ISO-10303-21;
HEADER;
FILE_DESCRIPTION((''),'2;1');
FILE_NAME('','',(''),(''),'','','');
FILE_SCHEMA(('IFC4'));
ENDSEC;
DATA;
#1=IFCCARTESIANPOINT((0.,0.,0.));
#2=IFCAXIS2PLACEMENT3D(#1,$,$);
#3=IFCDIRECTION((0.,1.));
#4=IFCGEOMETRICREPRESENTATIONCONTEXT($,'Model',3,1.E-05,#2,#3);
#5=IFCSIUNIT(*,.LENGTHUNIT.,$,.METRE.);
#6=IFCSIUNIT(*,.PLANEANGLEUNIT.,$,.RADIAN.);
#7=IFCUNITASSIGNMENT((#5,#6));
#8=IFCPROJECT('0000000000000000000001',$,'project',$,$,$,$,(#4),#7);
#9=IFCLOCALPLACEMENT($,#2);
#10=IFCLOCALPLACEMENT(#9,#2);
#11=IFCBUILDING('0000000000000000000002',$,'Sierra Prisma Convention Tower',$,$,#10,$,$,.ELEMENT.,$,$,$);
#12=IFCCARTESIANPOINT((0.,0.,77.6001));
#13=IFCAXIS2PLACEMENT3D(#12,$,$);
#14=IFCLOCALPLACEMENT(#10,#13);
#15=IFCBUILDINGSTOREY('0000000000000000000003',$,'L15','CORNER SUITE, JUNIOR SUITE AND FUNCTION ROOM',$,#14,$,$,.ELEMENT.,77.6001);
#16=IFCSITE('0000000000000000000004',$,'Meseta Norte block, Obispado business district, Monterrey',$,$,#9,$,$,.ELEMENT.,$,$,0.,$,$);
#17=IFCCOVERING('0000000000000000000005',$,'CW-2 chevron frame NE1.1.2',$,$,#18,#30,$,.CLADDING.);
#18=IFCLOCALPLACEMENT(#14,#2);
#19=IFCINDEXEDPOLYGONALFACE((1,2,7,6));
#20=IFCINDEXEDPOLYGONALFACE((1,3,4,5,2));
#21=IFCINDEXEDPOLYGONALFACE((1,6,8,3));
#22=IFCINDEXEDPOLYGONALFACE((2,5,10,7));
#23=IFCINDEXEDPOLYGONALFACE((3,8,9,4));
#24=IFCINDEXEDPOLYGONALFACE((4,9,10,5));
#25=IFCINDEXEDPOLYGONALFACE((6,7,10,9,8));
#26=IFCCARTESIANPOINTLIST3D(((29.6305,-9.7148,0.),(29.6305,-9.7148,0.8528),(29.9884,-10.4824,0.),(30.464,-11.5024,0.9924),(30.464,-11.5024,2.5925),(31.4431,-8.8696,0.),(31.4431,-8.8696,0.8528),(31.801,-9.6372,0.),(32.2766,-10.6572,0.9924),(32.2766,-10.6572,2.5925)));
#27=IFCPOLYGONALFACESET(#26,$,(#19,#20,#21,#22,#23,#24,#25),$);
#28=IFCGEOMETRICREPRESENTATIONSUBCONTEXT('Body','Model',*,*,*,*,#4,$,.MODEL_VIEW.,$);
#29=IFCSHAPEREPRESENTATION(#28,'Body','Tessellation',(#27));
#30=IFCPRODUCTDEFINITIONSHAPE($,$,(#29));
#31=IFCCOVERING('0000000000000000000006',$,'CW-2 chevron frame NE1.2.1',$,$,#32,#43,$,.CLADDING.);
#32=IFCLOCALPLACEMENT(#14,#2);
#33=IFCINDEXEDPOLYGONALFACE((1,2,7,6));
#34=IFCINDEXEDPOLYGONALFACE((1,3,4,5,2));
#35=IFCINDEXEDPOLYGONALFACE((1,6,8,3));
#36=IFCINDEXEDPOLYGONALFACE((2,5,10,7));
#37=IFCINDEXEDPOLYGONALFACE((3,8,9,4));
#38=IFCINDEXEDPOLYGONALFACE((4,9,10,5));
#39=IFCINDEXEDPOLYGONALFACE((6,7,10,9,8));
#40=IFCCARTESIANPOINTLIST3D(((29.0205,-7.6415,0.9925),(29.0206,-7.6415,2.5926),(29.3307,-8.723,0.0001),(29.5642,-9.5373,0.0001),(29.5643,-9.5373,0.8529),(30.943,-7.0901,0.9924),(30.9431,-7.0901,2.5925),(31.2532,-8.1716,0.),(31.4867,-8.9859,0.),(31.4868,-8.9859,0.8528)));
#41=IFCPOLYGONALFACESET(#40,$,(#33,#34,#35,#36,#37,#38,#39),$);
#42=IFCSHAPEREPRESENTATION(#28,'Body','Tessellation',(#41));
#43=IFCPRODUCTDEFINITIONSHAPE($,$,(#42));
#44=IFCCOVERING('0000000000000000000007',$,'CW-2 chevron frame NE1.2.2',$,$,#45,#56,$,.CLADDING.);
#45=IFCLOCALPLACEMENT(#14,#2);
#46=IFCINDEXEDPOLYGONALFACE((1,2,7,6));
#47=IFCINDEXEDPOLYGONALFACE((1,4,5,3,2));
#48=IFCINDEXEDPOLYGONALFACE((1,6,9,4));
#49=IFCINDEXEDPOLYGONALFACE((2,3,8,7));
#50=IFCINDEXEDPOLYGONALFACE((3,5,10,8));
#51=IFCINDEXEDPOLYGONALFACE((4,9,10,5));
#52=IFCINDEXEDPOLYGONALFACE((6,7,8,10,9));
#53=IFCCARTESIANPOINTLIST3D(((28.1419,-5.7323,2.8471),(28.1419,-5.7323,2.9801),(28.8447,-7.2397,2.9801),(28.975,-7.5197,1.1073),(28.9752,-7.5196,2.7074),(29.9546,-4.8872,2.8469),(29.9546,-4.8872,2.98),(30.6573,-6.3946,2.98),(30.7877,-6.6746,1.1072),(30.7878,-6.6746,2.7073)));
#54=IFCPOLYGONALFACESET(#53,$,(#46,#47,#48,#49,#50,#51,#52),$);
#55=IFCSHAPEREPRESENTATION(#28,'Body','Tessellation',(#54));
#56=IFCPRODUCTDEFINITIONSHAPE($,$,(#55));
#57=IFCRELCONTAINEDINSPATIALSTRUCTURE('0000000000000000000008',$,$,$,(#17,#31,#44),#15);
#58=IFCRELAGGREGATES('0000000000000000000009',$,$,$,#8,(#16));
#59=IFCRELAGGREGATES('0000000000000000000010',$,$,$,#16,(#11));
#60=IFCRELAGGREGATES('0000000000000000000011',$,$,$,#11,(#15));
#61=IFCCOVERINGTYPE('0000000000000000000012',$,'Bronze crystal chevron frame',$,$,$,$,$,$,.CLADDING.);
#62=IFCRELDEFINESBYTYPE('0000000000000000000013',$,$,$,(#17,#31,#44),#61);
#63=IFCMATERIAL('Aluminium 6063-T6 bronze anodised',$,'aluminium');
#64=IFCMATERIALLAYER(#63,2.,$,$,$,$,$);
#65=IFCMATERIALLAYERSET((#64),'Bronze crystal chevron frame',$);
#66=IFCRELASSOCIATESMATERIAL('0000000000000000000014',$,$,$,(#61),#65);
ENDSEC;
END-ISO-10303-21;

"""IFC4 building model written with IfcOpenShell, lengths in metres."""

from ifc_helpers import new_model, si_unit, direction, frame, origin, place, context, subcontext, project, spatial, polyline, outline, extrude, material, layer, layer_set, type_object, element, save


model = new_model("IFC4")

# Units and contexts
model_context = context("Model", 3, precision=1e-05, world=origin(), true_north=direction((0.0, 1.0)))
body_context = subcontext(model_context, "Body", "Model", "MODEL_VIEW")
ifc_project = project(units=[si_unit("LENGTHUNIT", "METRE"), si_unit("PLANEANGLEUNIT", "RADIAN")], contexts=[model_context])

# Site, building, storey
site_placement = place(None, origin())
site = spatial("IfcSite", under=ifc_project, at=site_placement, Name="Meseta Norte block, Obispado business district, Monterrey", CompositionType="ELEMENT", RefElevation=0.0)
building_placement = place(site_placement, origin())
building = spatial("IfcBuilding", under=site, at=building_placement, Name="Sierra Prisma Convention Tower", CompositionType="ELEMENT")
storey_placement = place(building_placement, frame((0.0, 0.0, 77.6001)))
storey = spatial("IfcBuildingStorey", under=building, at=storey_placement, Name="L15", Description="CORNER SUITE, JUNIOR SUITE AND FUNCTION ROOM", CompositionType="ELEMENT", Elevation=77.6001)

# Coverings
ifc_material_1 = material(Name="Aluminium 6063-T6 bronze anodised", Category="aluminium")
ifc_layer_1 = layer(ifc_material_1, 2.0)
ifc_layer_set_1 = layer_set([ifc_layer_1], Name="Bronze crystal chevron frame")
covering_type = type_object("IfcCoveringType", Name="Bronze crystal chevron frame", PredefinedType="CLADDING", material=ifc_layer_set_1)
covering_1_placement = place(storey_placement, frame((32.2766, -10.6572, 2.5925), z_axis=(0.906321, 0.422589, 0.000005), x_axis=(0.000004, 0.000002, -1.0)))
element("IfcCovering", 1, at=covering_1_placement, inside=storey, type_object=covering_type, Name="CW-2 chevron frame NE1.1.2", PredefinedType="CLADDING", context=body_context, shape_type="SweptSolid", body=[
    extrude(outline(polyline([(0.0, 0.0), (1.6001, 0.0), (2.5925, 1.1254), (2.5925, 1.9724), (1.7397, 1.9724), (0.0, 0.0)])), origin(), (0.0, 0.0, -1.0), 2.0),
])
covering_2_placement = place(storey_placement, frame((31.2532, -8.1716, 0.0), z_axis=(0.961242, 0.275706, -0.000043), x_axis=(-0.206736, 0.720883, 0.661505)))
element("IfcCovering", 2, at=covering_2_placement, inside=storey, type_object=covering_type, Name="CW-2 chevron frame NE1.2.1", PredefinedType="CLADDING", context=body_context, shape_type="SweptSolid", body=[
    extrude(outline(polyline([(0.0, 0.0), (1.5003, 0.0), (2.5587, 1.2), (-0.0711, 1.1999), (-0.6353, 0.5603), (0.0, 0.0)])), origin(), (0.0, 0.0, -1.0), 2.0),
])
covering_3_placement = place(storey_placement, frame((29.9546, -4.8872, 2.98), z_axis=(0.906343, 0.422543, -0.000082), x_axis=(0.422543, -0.906343, 0.0)))
element("IfcCovering", 3, at=covering_3_placement, inside=storey, type_object=covering_type, Name="CW-2 chevron frame NE1.2.2", PredefinedType="CLADDING", context=body_context, shape_type="SweptSolid", body=[
    extrude(outline(polyline([(0.0, 0.0), (1.6631, 0.0), (1.972, 0.2727), (1.972, 1.8728), (0.0, 0.1331), (0.0, 0.0)])), origin(), (0.0, 0.0, -1.0), 2.0),
])

save(model, "model.ifc")
